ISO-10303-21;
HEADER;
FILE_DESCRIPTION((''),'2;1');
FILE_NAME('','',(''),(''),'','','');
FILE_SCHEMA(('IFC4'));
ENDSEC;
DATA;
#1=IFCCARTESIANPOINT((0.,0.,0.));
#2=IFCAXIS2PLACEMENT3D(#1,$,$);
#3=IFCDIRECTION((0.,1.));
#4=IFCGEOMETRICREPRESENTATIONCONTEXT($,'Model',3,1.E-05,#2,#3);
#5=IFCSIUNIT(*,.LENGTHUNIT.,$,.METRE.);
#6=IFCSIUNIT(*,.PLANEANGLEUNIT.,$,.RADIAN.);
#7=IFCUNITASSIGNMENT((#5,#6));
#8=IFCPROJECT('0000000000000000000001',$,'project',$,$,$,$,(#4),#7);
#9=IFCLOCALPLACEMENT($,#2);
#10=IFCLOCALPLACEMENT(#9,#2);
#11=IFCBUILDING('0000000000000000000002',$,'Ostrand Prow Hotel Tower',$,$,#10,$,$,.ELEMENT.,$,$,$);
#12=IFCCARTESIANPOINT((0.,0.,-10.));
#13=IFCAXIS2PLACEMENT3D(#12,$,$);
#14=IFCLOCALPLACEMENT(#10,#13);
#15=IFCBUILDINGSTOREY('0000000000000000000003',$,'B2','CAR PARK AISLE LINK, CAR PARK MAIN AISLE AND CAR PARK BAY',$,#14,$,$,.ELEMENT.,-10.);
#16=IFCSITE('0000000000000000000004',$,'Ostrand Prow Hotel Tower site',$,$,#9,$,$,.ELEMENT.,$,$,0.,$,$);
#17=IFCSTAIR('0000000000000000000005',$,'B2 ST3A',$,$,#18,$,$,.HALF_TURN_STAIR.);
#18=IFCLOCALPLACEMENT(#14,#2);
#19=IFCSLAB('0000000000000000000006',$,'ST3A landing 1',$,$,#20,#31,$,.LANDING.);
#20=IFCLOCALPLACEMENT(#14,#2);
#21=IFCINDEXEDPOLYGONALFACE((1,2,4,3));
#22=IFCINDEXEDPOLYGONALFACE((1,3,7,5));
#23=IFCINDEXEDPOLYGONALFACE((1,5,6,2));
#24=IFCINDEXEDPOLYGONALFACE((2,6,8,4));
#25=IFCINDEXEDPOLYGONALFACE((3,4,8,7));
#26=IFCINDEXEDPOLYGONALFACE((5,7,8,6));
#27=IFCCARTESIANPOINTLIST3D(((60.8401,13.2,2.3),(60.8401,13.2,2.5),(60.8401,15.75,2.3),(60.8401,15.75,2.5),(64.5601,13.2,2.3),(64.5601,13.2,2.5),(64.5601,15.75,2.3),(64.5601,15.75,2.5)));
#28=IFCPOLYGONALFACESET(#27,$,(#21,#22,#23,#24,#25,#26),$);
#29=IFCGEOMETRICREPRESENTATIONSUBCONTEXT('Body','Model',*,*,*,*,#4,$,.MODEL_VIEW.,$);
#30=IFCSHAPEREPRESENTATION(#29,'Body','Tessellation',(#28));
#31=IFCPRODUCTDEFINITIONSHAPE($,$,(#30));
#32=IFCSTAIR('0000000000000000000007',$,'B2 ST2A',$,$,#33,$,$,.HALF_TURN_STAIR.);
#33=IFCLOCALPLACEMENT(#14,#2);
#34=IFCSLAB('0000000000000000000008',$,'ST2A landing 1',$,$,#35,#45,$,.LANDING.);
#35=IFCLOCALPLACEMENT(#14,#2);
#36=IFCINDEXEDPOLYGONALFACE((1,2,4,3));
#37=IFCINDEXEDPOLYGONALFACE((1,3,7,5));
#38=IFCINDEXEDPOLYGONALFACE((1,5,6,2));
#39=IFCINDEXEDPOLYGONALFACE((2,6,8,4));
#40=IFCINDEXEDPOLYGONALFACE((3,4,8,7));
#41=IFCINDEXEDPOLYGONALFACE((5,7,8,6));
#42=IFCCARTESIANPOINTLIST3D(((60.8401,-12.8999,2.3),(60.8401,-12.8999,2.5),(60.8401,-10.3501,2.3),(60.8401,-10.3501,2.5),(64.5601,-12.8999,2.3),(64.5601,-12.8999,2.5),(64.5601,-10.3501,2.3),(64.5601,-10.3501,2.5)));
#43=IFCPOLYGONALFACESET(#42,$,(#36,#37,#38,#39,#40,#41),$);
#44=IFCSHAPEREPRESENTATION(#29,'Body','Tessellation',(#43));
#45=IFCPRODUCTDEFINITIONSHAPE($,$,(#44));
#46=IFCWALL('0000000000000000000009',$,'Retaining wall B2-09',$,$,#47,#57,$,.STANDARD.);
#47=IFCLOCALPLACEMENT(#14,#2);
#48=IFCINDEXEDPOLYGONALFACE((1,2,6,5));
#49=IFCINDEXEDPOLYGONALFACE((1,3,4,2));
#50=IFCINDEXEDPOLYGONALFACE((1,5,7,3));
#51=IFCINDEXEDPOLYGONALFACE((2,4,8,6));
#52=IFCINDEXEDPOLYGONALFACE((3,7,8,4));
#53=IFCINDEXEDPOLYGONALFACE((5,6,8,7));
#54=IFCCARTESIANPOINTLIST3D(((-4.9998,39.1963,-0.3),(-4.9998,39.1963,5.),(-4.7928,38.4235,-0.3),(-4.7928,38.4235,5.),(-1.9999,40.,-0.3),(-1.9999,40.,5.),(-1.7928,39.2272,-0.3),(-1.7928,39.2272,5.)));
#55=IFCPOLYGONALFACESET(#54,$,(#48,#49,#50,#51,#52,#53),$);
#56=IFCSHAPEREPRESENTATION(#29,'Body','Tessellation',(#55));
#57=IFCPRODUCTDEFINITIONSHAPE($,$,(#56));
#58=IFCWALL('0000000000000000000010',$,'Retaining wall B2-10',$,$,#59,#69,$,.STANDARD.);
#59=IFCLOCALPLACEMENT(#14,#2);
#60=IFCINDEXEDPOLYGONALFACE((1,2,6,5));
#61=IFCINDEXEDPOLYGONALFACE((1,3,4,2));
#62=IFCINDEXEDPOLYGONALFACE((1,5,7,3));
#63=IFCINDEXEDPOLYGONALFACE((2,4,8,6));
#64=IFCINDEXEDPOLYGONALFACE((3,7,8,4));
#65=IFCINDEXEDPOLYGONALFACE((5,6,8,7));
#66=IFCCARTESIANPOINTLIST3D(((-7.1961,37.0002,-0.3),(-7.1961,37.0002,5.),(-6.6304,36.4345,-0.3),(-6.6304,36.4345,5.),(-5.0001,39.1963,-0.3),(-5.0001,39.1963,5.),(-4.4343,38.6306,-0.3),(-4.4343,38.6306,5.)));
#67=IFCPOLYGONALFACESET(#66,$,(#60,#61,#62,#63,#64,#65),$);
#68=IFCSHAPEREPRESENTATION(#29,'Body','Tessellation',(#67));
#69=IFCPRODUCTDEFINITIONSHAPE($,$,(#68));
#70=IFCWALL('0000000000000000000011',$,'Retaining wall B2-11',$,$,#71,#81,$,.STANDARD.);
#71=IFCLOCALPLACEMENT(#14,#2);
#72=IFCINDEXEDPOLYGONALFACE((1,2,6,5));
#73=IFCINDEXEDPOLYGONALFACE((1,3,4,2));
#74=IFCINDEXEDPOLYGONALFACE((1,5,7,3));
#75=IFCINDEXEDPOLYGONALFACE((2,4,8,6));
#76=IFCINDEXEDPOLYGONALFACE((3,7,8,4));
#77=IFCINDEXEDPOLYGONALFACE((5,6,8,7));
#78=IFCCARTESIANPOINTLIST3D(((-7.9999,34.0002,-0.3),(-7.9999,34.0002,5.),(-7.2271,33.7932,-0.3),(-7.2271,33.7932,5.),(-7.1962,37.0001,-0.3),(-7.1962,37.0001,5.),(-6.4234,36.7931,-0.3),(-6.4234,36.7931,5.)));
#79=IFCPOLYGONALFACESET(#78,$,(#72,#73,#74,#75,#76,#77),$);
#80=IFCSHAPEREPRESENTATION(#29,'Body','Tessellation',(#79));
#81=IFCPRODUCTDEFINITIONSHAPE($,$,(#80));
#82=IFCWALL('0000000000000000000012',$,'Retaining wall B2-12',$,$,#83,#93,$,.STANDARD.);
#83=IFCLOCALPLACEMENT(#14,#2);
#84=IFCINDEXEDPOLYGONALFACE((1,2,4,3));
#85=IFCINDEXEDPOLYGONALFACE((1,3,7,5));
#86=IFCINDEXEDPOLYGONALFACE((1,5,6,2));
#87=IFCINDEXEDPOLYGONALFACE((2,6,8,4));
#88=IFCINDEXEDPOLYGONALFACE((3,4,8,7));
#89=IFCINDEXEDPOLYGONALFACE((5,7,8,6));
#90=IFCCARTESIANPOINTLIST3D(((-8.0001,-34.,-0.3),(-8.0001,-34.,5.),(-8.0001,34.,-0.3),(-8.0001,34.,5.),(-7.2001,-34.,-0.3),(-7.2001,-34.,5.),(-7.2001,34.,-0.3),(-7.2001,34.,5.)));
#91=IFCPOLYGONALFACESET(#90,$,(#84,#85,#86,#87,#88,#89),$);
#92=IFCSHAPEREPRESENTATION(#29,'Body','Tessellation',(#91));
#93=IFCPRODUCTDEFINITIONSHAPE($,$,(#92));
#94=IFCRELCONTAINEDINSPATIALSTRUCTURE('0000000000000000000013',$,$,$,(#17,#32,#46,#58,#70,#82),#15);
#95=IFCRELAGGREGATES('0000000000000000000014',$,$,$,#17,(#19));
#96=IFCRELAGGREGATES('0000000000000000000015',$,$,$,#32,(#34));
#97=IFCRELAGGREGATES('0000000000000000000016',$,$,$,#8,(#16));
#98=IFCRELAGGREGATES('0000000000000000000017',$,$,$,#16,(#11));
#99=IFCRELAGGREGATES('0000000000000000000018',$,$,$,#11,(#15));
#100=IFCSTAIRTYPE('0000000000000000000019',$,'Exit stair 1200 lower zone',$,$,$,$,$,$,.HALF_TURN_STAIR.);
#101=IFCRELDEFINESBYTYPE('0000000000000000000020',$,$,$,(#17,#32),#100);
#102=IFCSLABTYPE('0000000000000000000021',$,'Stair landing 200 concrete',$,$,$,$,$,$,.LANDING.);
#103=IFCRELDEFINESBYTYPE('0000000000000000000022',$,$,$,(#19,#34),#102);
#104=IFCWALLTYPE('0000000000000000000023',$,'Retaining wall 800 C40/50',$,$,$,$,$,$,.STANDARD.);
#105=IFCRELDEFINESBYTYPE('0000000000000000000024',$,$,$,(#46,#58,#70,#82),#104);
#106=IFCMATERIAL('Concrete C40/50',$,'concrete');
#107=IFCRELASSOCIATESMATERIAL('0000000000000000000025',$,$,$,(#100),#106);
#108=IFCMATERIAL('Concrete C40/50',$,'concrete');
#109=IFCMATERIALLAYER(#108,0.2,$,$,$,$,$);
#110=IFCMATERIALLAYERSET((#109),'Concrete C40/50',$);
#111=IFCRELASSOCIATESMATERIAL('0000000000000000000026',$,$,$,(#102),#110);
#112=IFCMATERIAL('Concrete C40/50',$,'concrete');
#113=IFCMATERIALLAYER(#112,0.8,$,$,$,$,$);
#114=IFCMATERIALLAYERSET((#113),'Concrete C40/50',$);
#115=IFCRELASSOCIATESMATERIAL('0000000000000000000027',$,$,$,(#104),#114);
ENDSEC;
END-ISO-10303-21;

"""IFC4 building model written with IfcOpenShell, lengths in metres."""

from ifc_helpers import new_model, si_unit, direction, frame, frame_2d, origin, place, context, subcontext, project, spatial, polyline, rectangle, outline, extrude, material, layer, layer_set, type_object, element, aggregate, save


model = new_model("IFC4")

# Units and contexts
model_context = context("Model", 3, precision=1e-05, world=origin(), true_north=direction((0.0, 1.0)))
body_context = subcontext(model_context, "Body", "Model", "MODEL_VIEW")
ifc_project = project(units=[si_unit("LENGTHUNIT", "METRE"), si_unit("PLANEANGLEUNIT", "RADIAN")], contexts=[model_context])

# Site, building, storey
site_placement = place(None, origin())
site = spatial("IfcSite", under=ifc_project, at=site_placement, Name="Ostrand Prow Hotel Tower site", CompositionType="ELEMENT", RefElevation=0.0)
building_placement = place(site_placement, origin())
building = spatial("IfcBuilding", under=site, at=building_placement, Name="Ostrand Prow Hotel Tower", CompositionType="ELEMENT")
storey_placement = place(building_placement, frame((0.0, 0.0, -10.0)))
storey = spatial("IfcBuildingStorey", under=building, at=storey_placement, Name="B2", Description="CAR PARK AISLE LINK, CAR PARK MAIN AISLE AND CAR PARK BAY", CompositionType="ELEMENT", Elevation=-10.0)

# Stairs, slabs
ifc_material_1 = material(Name="Concrete C40/50", Category="concrete")
stair_type = type_object("IfcStairType", Name="Exit stair 1200 lower zone", PredefinedType="HALF_TURN_STAIR", material=ifc_material_1)
ifc_material_2 = material(Name="Concrete C40/50", Category="concrete")
ifc_layer_1 = layer(ifc_material_2, 0.2)
ifc_layer_set_1 = layer_set([ifc_layer_1], Name="Concrete C40/50")
slab_type = type_object("IfcSlabType", Name="Stair landing 200 concrete", PredefinedType="LANDING", material=ifc_layer_set_1)
stair_1_placement = place(storey_placement, origin())
stair_1 = element("IfcStair", 1, at=stair_1_placement, inside=storey, type_object=stair_type, Name="B2 ST3A", PredefinedType="HALF_TURN_STAIR")
slab_1_placement = place(storey_placement, frame((0.0, 0.0, 2.3)))
slab_1 = element("IfcSlab", 2, at=slab_1_placement, type_object=slab_type, Name="ST3A landing 1", PredefinedType="LANDING", context=body_context, shape_type="SweptSolid", body=[
    extrude(outline(polyline([(60.8401, 13.2), (64.5601, 13.2), (64.5601, 15.75), (60.8401, 15.75), (60.8401, 13.2)])), origin(), (0.0, 0.0, 1.0), 0.2),
])
aggregate(stair_1, [slab_1])
stair_2_placement = place(storey_placement, origin())
stair_2 = element("IfcStair", 3, at=stair_2_placement, inside=storey, type_object=stair_type, Name="B2 ST2A", PredefinedType="HALF_TURN_STAIR")
slab_2_placement = place(storey_placement, frame((0.0, 0.0, 2.3)))
slab_2 = element("IfcSlab", 4, at=slab_2_placement, type_object=slab_type, Name="ST2A landing 1", PredefinedType="LANDING", context=body_context, shape_type="SweptSolid", body=[
    extrude(outline(polyline([(60.8401, -12.8999), (64.5601, -12.8999), (64.5601, -10.3501), (60.8401, -10.3501), (60.8401, -12.8999)])), origin(), (0.0, 0.0, 1.0), 0.2),
])
aggregate(stair_2, [slab_2])

# Walls
ifc_material_3 = material(Name="Concrete C40/50", Category="concrete")
ifc_layer_2 = layer(ifc_material_3, 0.8)
ifc_layer_set_2 = layer_set([ifc_layer_2], Name="Concrete C40/50")
wall_type = type_object("IfcWallType", Name="Retaining wall 800 C40/50", PredefinedType="STANDARD", material=ifc_layer_set_2)
for number, where, z_axis, x_axis, name in (
    (5, (-1.8965, 39.6135, -0.3), (0.0, 0.0, 1.0), (-0.965937, -0.258778, 0.0), "Retaining wall B2-09"),
    (6, (-4.7173, 38.9133, -0.3), (0.0, 0.0, 1.0), (-0.707107, -0.707107, 0.0), "Retaining wall B2-10"),
    (7, (-6.8098, 36.8965, -0.3), (0.0, 0.0, 1.0), (-0.258778, -0.965937, 0.0), "Retaining wall B2-11"),
):
    element("IfcWall", number, at=place(storey_placement, frame(where, z_axis=z_axis, x_axis=x_axis)), inside=storey, type_object=wall_type, Name=name, PredefinedType="STANDARD", context=body_context, shape_type="SweptSolid", body=[
        extrude(rectangle(XDim=3.1057, YDim=0.8, at=frame_2d((1.5527, 0.0))), origin(), (0.0, 0.0, 1.0), 5.3),
    ])
wall_placement = place(storey_placement, frame((-7.6001, 34.0, -0.3), z_axis=(0.0, 0.0, 1.0), x_axis=(0.0, -1.0, 0.0)))
element("IfcWall", 8, at=wall_placement, inside=storey, type_object=wall_type, Name="Retaining wall B2-12", PredefinedType="STANDARD", context=body_context, shape_type="SweptSolid", body=[
    extrude(rectangle(XDim=68.0, YDim=0.8, at=frame_2d((34.0, 0.0))), origin(), (0.0, 0.0, 1.0), 5.3),
])

save(model, "model.ifc")
